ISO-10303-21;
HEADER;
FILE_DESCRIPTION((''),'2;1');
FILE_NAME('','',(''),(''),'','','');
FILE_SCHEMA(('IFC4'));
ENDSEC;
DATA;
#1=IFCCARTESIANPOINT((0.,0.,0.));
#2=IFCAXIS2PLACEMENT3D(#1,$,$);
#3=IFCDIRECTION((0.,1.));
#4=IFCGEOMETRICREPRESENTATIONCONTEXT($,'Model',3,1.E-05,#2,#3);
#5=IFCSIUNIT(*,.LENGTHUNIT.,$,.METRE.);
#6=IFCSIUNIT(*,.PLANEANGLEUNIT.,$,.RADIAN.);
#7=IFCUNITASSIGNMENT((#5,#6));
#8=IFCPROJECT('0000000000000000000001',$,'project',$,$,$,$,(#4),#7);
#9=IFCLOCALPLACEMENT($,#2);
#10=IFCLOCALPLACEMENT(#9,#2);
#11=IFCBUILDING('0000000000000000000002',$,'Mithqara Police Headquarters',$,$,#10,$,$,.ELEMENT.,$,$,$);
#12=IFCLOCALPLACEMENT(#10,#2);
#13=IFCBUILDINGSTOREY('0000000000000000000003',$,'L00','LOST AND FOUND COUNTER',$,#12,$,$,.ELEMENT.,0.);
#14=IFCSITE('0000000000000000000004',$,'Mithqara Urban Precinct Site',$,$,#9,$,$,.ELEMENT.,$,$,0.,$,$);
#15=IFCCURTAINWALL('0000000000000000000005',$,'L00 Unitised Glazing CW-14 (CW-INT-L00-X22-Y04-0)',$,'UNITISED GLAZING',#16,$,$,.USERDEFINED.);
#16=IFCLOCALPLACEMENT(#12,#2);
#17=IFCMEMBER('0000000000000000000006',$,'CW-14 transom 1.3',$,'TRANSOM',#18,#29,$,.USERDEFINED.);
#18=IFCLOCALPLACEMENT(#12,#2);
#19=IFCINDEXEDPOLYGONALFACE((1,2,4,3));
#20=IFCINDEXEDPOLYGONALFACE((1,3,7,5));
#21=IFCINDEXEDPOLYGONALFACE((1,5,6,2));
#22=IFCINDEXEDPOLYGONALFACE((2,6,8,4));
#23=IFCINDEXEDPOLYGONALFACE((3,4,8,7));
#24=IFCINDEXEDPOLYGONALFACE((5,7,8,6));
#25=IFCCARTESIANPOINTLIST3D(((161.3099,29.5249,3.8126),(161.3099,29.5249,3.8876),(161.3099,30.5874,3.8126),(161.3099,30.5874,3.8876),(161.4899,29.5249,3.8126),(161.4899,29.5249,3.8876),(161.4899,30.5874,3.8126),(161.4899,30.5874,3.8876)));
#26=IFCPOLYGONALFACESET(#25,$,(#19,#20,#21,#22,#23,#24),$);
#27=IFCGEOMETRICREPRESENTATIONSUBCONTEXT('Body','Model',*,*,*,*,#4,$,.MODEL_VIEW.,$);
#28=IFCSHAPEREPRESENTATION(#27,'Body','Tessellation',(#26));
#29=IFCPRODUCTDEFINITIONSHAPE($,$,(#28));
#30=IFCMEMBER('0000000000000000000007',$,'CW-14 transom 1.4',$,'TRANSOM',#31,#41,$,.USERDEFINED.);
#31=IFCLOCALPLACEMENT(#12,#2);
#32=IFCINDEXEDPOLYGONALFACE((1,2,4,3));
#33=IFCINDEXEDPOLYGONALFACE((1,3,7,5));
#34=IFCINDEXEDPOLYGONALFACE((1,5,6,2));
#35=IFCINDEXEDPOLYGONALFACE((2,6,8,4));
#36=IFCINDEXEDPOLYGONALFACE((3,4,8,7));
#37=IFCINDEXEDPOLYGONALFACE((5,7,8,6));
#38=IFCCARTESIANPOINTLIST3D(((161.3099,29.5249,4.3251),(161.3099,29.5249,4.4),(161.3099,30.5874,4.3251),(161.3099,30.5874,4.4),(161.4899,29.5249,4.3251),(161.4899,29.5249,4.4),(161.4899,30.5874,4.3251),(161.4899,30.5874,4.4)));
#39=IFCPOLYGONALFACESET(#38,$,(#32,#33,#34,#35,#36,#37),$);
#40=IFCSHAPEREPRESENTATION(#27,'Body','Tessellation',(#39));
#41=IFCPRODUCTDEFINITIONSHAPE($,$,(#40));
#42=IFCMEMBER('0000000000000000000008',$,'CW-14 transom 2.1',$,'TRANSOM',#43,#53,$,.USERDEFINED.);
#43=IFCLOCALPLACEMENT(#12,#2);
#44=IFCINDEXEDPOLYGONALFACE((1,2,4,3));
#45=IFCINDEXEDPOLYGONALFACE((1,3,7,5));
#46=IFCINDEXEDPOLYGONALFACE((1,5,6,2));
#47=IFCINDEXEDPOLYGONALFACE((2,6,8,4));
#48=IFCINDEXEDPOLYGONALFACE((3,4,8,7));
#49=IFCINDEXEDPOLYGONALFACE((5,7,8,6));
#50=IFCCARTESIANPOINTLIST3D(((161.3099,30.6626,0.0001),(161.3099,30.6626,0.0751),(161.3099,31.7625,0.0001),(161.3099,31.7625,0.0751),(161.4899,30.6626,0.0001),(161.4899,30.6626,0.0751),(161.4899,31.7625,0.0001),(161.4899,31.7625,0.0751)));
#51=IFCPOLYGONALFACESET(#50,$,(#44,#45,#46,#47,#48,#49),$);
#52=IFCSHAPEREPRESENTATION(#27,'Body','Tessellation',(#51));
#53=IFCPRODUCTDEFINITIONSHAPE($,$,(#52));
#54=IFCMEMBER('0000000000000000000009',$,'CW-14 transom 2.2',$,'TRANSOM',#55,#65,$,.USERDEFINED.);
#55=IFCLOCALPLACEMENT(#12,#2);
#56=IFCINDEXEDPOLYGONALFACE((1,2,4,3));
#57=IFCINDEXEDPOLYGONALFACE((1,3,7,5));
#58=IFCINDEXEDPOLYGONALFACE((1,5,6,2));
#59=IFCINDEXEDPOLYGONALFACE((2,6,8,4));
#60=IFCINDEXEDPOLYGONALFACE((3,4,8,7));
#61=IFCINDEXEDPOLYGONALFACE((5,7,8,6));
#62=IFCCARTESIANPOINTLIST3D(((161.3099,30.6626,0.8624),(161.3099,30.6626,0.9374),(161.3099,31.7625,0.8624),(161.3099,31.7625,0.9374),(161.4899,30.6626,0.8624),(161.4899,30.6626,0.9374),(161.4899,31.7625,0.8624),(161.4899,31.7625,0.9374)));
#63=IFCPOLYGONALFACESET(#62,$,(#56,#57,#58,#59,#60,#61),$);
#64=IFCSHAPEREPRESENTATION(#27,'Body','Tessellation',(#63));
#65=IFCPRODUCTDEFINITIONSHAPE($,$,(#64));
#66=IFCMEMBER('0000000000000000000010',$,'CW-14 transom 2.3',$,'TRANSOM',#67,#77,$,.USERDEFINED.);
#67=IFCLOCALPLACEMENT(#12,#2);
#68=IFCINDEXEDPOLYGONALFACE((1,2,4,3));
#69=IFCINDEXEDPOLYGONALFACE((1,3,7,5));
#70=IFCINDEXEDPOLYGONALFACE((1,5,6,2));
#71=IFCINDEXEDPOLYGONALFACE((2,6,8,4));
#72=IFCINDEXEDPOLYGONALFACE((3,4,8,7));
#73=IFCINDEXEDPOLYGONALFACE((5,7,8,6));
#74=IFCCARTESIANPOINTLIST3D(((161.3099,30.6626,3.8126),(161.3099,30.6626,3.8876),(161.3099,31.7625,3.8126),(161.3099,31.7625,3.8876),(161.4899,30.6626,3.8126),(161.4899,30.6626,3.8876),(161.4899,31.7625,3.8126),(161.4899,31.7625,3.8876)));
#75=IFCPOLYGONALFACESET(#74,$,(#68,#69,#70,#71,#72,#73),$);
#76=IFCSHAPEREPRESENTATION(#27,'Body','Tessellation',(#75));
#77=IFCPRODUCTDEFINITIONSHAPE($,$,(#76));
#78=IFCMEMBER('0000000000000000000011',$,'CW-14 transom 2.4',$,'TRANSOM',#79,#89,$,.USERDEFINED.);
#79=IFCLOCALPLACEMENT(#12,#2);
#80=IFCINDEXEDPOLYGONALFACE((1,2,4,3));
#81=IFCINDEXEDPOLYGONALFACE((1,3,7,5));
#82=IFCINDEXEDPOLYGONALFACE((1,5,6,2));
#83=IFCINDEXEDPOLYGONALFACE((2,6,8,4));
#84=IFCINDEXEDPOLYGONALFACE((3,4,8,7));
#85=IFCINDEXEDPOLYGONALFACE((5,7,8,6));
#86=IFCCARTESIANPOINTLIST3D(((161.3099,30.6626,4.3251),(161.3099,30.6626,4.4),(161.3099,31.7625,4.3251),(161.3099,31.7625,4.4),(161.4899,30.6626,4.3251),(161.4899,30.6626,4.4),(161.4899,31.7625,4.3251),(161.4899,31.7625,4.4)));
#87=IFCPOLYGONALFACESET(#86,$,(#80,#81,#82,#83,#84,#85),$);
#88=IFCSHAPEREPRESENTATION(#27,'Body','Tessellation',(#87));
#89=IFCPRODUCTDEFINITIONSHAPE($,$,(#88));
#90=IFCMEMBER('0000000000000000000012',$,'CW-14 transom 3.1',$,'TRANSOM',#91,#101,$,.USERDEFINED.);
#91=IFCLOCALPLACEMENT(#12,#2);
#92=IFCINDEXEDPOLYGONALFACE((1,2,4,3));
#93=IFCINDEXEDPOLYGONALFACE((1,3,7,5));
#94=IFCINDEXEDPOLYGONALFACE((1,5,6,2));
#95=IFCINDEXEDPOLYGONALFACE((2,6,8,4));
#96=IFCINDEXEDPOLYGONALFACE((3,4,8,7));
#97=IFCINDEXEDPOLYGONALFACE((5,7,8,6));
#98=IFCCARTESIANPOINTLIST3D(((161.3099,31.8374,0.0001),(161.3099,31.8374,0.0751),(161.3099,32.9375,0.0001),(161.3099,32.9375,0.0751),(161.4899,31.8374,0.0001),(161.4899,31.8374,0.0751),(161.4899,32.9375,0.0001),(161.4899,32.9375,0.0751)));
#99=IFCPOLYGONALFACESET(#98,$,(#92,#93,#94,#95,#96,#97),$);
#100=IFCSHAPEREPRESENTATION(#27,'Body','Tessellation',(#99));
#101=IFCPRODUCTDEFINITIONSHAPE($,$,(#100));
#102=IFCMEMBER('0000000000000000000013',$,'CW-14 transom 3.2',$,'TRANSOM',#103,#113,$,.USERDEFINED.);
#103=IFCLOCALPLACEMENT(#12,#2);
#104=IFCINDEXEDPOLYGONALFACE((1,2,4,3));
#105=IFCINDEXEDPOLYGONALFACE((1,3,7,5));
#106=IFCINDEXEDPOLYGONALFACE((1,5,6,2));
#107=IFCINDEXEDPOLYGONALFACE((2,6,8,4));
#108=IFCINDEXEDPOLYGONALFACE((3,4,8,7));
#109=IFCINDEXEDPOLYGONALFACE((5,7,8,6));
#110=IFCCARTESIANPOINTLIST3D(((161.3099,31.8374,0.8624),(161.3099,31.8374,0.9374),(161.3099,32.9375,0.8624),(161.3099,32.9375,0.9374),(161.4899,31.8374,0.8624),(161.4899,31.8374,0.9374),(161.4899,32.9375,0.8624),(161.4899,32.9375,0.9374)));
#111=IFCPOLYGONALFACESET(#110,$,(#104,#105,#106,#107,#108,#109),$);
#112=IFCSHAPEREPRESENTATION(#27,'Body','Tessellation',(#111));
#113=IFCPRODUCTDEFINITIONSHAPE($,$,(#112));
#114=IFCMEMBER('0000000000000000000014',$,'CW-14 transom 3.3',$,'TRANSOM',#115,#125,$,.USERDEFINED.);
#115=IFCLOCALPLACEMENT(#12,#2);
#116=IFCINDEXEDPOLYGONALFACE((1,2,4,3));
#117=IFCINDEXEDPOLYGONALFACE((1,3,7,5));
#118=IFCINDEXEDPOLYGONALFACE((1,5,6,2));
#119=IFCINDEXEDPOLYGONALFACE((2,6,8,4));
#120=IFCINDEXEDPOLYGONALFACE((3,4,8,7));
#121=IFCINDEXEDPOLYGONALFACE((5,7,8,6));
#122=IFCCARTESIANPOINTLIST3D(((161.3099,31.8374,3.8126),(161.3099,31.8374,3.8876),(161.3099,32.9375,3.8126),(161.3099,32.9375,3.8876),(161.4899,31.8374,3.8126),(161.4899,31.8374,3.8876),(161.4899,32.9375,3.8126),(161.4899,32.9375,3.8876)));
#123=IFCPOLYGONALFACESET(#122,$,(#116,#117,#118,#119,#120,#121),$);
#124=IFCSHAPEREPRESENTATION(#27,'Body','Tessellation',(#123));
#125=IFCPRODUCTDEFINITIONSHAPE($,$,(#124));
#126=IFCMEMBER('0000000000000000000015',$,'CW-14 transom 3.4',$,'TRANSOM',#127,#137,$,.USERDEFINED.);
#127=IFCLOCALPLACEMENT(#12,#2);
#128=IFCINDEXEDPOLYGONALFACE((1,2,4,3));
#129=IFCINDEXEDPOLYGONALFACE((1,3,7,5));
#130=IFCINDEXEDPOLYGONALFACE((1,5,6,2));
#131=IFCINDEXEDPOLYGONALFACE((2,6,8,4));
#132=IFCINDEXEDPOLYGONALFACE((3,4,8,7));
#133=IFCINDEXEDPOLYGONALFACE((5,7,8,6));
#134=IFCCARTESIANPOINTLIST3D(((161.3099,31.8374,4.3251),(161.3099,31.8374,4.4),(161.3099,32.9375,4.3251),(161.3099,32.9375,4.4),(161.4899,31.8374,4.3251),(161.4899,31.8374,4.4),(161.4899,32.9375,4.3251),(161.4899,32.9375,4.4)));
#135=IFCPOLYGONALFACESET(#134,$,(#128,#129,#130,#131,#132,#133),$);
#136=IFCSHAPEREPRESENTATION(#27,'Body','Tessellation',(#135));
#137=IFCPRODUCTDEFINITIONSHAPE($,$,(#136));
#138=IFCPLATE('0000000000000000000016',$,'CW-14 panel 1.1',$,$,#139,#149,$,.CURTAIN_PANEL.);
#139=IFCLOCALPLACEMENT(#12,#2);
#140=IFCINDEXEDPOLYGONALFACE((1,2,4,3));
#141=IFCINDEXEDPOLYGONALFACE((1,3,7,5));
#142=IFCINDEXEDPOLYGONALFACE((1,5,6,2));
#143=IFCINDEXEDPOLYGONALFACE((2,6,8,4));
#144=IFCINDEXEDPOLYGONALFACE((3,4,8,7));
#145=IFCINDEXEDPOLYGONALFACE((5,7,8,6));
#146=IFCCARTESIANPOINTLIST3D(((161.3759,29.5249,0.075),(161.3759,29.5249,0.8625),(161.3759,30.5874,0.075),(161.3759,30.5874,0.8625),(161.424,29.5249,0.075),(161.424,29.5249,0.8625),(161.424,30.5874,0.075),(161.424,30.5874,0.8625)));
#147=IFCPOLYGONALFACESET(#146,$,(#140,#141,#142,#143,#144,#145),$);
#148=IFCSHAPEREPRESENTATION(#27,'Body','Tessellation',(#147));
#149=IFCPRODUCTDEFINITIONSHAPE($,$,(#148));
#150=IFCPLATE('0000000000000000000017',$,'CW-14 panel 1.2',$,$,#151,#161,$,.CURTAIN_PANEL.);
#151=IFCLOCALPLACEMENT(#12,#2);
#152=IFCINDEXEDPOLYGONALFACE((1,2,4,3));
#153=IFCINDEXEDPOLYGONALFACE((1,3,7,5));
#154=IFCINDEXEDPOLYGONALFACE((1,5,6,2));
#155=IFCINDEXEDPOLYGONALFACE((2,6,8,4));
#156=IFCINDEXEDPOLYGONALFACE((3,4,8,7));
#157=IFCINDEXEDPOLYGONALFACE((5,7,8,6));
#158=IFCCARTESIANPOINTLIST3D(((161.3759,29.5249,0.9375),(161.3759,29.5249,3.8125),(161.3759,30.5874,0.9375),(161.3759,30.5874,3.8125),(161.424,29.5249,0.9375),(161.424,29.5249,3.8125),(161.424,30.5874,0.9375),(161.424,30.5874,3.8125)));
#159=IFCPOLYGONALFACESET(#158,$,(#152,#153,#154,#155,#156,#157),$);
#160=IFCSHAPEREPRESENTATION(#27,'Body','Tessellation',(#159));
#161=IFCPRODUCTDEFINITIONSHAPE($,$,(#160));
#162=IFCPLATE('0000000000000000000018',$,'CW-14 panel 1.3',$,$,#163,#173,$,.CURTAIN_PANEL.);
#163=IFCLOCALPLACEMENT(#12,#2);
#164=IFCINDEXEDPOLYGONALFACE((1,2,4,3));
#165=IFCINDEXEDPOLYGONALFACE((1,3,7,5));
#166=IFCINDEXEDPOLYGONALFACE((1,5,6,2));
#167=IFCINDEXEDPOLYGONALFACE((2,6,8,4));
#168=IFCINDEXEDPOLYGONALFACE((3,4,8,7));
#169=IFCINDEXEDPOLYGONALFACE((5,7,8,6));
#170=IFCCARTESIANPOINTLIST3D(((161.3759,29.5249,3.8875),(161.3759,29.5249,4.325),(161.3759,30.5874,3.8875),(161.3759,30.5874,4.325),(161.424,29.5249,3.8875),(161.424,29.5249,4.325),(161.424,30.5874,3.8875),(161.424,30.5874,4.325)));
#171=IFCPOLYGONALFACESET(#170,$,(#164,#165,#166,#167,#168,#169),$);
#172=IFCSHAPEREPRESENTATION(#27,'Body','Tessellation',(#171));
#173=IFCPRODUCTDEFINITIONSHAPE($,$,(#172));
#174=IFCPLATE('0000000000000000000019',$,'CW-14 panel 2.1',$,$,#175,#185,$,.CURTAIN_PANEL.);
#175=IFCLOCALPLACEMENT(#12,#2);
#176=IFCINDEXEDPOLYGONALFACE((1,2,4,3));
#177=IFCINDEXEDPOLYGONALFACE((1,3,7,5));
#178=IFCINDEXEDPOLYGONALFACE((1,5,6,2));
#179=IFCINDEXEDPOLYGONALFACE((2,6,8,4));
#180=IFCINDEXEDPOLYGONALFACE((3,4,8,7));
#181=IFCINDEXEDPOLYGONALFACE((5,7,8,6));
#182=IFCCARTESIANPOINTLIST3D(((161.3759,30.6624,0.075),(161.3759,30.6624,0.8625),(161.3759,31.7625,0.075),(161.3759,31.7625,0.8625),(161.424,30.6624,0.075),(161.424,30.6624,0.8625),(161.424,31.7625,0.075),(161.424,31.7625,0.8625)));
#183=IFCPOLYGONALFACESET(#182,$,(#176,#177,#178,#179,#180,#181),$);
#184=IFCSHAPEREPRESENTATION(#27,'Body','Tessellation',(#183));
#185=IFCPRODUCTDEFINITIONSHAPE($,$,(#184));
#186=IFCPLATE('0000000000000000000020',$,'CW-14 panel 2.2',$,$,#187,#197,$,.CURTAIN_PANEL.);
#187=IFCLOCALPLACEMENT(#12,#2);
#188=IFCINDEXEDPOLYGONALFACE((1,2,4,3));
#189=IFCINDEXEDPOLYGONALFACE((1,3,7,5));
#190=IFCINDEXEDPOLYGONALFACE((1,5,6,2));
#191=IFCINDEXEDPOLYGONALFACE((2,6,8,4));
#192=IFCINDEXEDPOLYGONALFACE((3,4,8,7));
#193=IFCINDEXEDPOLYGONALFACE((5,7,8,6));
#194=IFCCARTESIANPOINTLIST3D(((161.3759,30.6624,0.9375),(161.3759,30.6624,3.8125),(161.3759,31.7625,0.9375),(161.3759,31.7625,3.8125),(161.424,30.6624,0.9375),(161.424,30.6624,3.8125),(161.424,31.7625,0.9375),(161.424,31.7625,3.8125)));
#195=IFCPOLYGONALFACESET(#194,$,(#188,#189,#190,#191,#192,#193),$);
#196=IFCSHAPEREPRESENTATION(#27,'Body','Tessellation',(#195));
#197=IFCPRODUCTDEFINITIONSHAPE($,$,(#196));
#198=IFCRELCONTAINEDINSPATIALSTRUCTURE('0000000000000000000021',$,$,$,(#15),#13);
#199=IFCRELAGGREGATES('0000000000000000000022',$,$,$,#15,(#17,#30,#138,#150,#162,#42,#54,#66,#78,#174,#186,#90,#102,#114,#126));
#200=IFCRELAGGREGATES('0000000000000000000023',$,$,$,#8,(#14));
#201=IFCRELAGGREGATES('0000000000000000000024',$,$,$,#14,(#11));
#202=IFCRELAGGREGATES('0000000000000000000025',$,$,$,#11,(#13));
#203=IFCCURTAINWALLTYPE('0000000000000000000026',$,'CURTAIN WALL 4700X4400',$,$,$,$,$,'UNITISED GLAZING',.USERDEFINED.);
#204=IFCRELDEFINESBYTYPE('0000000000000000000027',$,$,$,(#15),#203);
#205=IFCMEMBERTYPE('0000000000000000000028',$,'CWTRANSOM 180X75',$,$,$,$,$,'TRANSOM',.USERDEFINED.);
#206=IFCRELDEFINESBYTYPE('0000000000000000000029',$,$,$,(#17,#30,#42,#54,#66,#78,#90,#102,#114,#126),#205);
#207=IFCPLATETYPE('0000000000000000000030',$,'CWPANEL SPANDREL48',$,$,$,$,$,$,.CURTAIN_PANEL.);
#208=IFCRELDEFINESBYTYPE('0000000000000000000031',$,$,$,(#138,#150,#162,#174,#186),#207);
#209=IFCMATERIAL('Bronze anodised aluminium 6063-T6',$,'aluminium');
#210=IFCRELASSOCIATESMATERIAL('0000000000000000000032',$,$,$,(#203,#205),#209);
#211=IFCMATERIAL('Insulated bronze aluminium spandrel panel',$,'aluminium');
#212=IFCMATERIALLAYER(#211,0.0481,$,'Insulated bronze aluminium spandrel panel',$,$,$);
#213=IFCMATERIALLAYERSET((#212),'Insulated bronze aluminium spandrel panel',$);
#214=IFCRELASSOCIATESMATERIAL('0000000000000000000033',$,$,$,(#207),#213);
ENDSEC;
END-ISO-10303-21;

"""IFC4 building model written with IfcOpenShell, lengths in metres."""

from ifc_helpers import new_model, si_unit, direction, frame, origin, origin_2d, place, context, subcontext, project, spatial, rectangle, extrude, material, layer, layer_set, material_profile, profile_set, type_object, element, aggregate, save


model = new_model("IFC4")

# Units and contexts
model_context = context("Model", 3, precision=1e-05, world=origin(), true_north=direction((0.0, 1.0)))
body_context = subcontext(model_context, "Body", "Model", "MODEL_VIEW")
ifc_project = project(units=[si_unit("LENGTHUNIT", "METRE"), si_unit("PLANEANGLEUNIT", "RADIAN")], contexts=[model_context])

# Site, building, storey
site_placement = place(None, origin())
site = spatial("IfcSite", under=ifc_project, at=site_placement, Name="Mithqara Urban Precinct Site", CompositionType="ELEMENT", RefElevation=0.0)
building_placement = place(site_placement, origin())
building = spatial("IfcBuilding", under=site, at=building_placement, Name="Mithqara Police Headquarters", CompositionType="ELEMENT")
storey_placement = place(building_placement, origin())
storey = spatial("IfcBuildingStorey", under=building, at=storey_placement, Name="L00", Description="LOST AND FOUND COUNTER", CompositionType="ELEMENT", Elevation=0.0)

# Curtain wall, members, plates
ifc_material_1 = material(Name="Bronze anodised aluminium 6063-T6", Category="aluminium")
curtain_wall_type = type_object("IfcCurtainWallType", Name="CURTAIN WALL 4700X4400", ElementType="UNITISED GLAZING", PredefinedType="USERDEFINED", material=ifc_material_1)
curtain_wall_placement = place(storey_placement, origin())
curtain_wall = element("IfcCurtainWall", 1, at=curtain_wall_placement, inside=storey, type_object=curtain_wall_type, Name="L00 Unitised Glazing CW-14 (CW-INT-L00-X22-Y04-0)", ObjectType="UNITISED GLAZING", PredefinedType="USERDEFINED")
ifc_material_profile_1 = material_profile(ifc_material_1, rectangle(XDim=0.1799, YDim=0.075, at=origin_2d()), Name="CWT 180x75")
ifc_profile_set_1 = profile_set([ifc_material_profile_1], Name="Bronze anodised aluminium 6063-T6")
member_type_1 = type_object("IfcMemberType", Name="CWTRANSOM 180X75", ElementType="TRANSOM", PredefinedType="USERDEFINED", material=ifc_profile_set_1)
member_1_placement = place(storey_placement, frame((161.3999, 29.5249, 3.8501), z_axis=(0.0, 1.0, 0.0), x_axis=(-1.0, 0.0, 0.0)))
member_1 = element("IfcMember", 2, at=member_1_placement, type_object=member_type_1, Name="CW-14 transom 1.3", ObjectType="TRANSOM", PredefinedType="USERDEFINED", context=body_context, shape_type="SweptSolid", body=[
    extrude(rectangle(XDim=0.1799, YDim=0.075, at=origin_2d()), origin(), (0.0, 0.0, 1.0), 1.0625),
])
member_2_placement = place(storey_placement, frame((161.3999, 29.5249, 4.3625), z_axis=(0.0, 1.0, 0.0), x_axis=(-1.0, 0.0, 0.0)))
member_2 = element("IfcMember", 3, at=member_2_placement, type_object=member_type_1, Name="CW-14 transom 1.4", ObjectType="TRANSOM", PredefinedType="USERDEFINED", context=body_context, shape_type="SweptSolid", body=[
    extrude(rectangle(XDim=0.1799, YDim=0.075, at=origin_2d()), origin(), (0.0, 0.0, 1.0), 1.0625),
])
member_3_placement = place(storey_placement, frame((161.3999, 30.6626, 0.0376), z_axis=(0.0, 1.0, 0.0), x_axis=(-1.0, 0.0, 0.0)))
member_3 = element("IfcMember", 4, at=member_3_placement, type_object=member_type_1, Name="CW-14 transom 2.1", ObjectType="TRANSOM", PredefinedType="USERDEFINED", context=body_context, shape_type="SweptSolid", body=[
    extrude(rectangle(XDim=0.1799, YDim=0.075, at=origin_2d()), origin(), (0.0, 0.0, 1.0), 1.0999),
])
member_4_placement = place(storey_placement, frame((161.3999, 30.6626, 0.8999), z_axis=(0.0, 1.0, 0.0), x_axis=(-1.0, 0.0, 0.0)))
member_4 = element("IfcMember", 5, at=member_4_placement, type_object=member_type_1, Name="CW-14 transom 2.2", ObjectType="TRANSOM", PredefinedType="USERDEFINED", context=body_context, shape_type="SweptSolid", body=[
    extrude(rectangle(XDim=0.1799, YDim=0.075, at=origin_2d()), origin(), (0.0, 0.0, 1.0), 1.0999),
])
member_5_placement = place(storey_placement, frame((161.3999, 30.6626, 3.8501), z_axis=(0.0, 1.0, 0.0), x_axis=(-1.0, 0.0, 0.0)))
member_5 = element("IfcMember", 6, at=member_5_placement, type_object=member_type_1, Name="CW-14 transom 2.3", ObjectType="TRANSOM", PredefinedType="USERDEFINED", context=body_context, shape_type="SweptSolid", body=[
    extrude(rectangle(XDim=0.1799, YDim=0.075, at=origin_2d()), origin(), (0.0, 0.0, 1.0), 1.0999),
])
member_6_placement = place(storey_placement, frame((161.3999, 30.6626, 4.3625), z_axis=(0.0, 1.0, 0.0), x_axis=(-1.0, 0.0, 0.0)))
member_6 = element("IfcMember", 7, at=member_6_placement, type_object=member_type_1, Name="CW-14 transom 2.4", ObjectType="TRANSOM", PredefinedType="USERDEFINED", context=body_context, shape_type="SweptSolid", body=[
    extrude(rectangle(XDim=0.1799, YDim=0.075, at=origin_2d()), origin(), (0.0, 0.0, 1.0), 1.0999),
])
member_7_placement = place(storey_placement, frame((161.3999, 31.8374, 0.0376), z_axis=(0.0, 1.0, 0.0), x_axis=(-1.0, 0.0, 0.0)))
member_7 = element("IfcMember", 8, at=member_7_placement, type_object=member_type_1, Name="CW-14 transom 3.1", ObjectType="TRANSOM", PredefinedType="USERDEFINED", context=body_context, shape_type="SweptSolid", body=[
    extrude(rectangle(XDim=0.1799, YDim=0.075, at=origin_2d()), origin(), (0.0, 0.0, 1.0), 1.1001),
])
member_8_placement = place(storey_placement, frame((161.3999, 31.8374, 0.8999), z_axis=(0.0, 1.0, 0.0), x_axis=(-1.0, 0.0, 0.0)))
member_8 = element("IfcMember", 9, at=member_8_placement, type_object=member_type_1, Name="CW-14 transom 3.2", ObjectType="TRANSOM", PredefinedType="USERDEFINED", context=body_context, shape_type="SweptSolid", body=[
    extrude(rectangle(XDim=0.1799, YDim=0.075, at=origin_2d()), origin(), (0.0, 0.0, 1.0), 1.1001),
])
member_9_placement = place(storey_placement, frame((161.3999, 31.8374, 3.8501), z_axis=(0.0, 1.0, 0.0), x_axis=(-1.0, 0.0, 0.0)))
member_9 = element("IfcMember", 10, at=member_9_placement, type_object=member_type_1, Name="CW-14 transom 3.3", ObjectType="TRANSOM", PredefinedType="USERDEFINED", context=body_context, shape_type="SweptSolid", body=[
    extrude(rectangle(XDim=0.1799, YDim=0.075, at=origin_2d()), origin(), (0.0, 0.0, 1.0), 1.1001),
])
member_10_placement = place(storey_placement, frame((161.3999, 31.8374, 4.3625), z_axis=(0.0, 1.0, 0.0), x_axis=(-1.0, 0.0, 0.0)))
member_10 = element("IfcMember", 11, at=member_10_placement, type_object=member_type_1, Name="CW-14 transom 3.4", ObjectType="TRANSOM", PredefinedType="USERDEFINED", context=body_context, shape_type="SweptSolid", body=[
    extrude(rectangle(XDim=0.1799, YDim=0.075, at=origin_2d()), origin(), (0.0, 0.0, 1.0), 1.1001),
])
ifc_material_2 = material(Name="Insulated bronze aluminium spandrel panel", Category="aluminium")
ifc_layer_1 = layer(ifc_material_2, 0.0481, Name="Insulated bronze aluminium spandrel panel")
ifc_layer_set_1 = layer_set([ifc_layer_1], Name="Insulated bronze aluminium spandrel panel")
plate_type = type_object("IfcPlateType", Name="CWPANEL SPANDREL48", PredefinedType="CURTAIN_PANEL", material=ifc_layer_set_1)
plate_1_placement = place(storey_placement, frame((161.3999, 30.0562, 0.075), z_axis=(0.0, 0.0, 1.0), x_axis=(0.0, 1.0, 0.0)))
plate_1 = element("IfcPlate", 12, at=plate_1_placement, type_object=plate_type, Name="CW-14 panel 1.1", PredefinedType="CURTAIN_PANEL", context=body_context, shape_type="SweptSolid", body=[
    extrude(rectangle(XDim=1.0625, YDim=0.0481, at=origin_2d()), origin(), (0.0, 0.0, 1.0), 0.7876),
])
plate_2_placement = place(storey_placement, frame((161.3999, 30.0562, 0.9375), z_axis=(0.0, 0.0, 1.0), x_axis=(0.0, 1.0, 0.0)))
plate_2 = element("IfcPlate", 13, at=plate_2_placement, type_object=plate_type, Name="CW-14 panel 1.2", PredefinedType="CURTAIN_PANEL", context=body_context, shape_type="SweptSolid", body=[
    extrude(rectangle(XDim=1.0625, YDim=0.0481, at=origin_2d()), origin(), (0.0, 0.0, 1.0), 2.875),
])
plate_3_placement = place(storey_placement, frame((161.3999, 30.0562, 3.8875), z_axis=(0.0, 0.0, 1.0), x_axis=(0.0, 1.0, 0.0)))
plate_3 = element("IfcPlate", 14, at=plate_3_placement, type_object=plate_type, Name="CW-14 panel 1.3", PredefinedType="CURTAIN_PANEL", context=body_context, shape_type="SweptSolid", body=[
    extrude(rectangle(XDim=1.0625, YDim=0.0481, at=origin_2d()), origin(), (0.0, 0.0, 1.0), 0.4375),
])
plate_4_placement = place(storey_placement, frame((161.3999, 31.2124, 0.075), z_axis=(0.0, 0.0, 1.0), x_axis=(0.0, 1.0, 0.0)))
plate_4 = element("IfcPlate", 15, at=plate_4_placement, type_object=plate_type, Name="CW-14 panel 2.1", PredefinedType="CURTAIN_PANEL", context=body_context, shape_type="SweptSolid", body=[
    extrude(rectangle(XDim=1.1001, YDim=0.0481, at=origin_2d()), origin(), (0.0, 0.0, 1.0), 0.7876),
])
plate_5_placement = place(storey_placement, frame((161.3999, 31.2124, 0.9375), z_axis=(0.0, 0.0, 1.0), x_axis=(0.0, 1.0, 0.0)))
plate_5 = element("IfcPlate", 16, at=plate_5_placement, type_object=plate_type, Name="CW-14 panel 2.2", PredefinedType="CURTAIN_PANEL", context=body_context, shape_type="SweptSolid", body=[
    extrude(rectangle(XDim=1.1001, YDim=0.0481, at=origin_2d()), origin(), (0.0, 0.0, 1.0), 2.875),
])
aggregate(curtain_wall, [member_1, member_2, plate_1, plate_2, plate_3, member_3, member_4, member_5, member_6, plate_4, plate_5, member_7, member_8, member_9, member_10])

save(model, "model.ifc")
